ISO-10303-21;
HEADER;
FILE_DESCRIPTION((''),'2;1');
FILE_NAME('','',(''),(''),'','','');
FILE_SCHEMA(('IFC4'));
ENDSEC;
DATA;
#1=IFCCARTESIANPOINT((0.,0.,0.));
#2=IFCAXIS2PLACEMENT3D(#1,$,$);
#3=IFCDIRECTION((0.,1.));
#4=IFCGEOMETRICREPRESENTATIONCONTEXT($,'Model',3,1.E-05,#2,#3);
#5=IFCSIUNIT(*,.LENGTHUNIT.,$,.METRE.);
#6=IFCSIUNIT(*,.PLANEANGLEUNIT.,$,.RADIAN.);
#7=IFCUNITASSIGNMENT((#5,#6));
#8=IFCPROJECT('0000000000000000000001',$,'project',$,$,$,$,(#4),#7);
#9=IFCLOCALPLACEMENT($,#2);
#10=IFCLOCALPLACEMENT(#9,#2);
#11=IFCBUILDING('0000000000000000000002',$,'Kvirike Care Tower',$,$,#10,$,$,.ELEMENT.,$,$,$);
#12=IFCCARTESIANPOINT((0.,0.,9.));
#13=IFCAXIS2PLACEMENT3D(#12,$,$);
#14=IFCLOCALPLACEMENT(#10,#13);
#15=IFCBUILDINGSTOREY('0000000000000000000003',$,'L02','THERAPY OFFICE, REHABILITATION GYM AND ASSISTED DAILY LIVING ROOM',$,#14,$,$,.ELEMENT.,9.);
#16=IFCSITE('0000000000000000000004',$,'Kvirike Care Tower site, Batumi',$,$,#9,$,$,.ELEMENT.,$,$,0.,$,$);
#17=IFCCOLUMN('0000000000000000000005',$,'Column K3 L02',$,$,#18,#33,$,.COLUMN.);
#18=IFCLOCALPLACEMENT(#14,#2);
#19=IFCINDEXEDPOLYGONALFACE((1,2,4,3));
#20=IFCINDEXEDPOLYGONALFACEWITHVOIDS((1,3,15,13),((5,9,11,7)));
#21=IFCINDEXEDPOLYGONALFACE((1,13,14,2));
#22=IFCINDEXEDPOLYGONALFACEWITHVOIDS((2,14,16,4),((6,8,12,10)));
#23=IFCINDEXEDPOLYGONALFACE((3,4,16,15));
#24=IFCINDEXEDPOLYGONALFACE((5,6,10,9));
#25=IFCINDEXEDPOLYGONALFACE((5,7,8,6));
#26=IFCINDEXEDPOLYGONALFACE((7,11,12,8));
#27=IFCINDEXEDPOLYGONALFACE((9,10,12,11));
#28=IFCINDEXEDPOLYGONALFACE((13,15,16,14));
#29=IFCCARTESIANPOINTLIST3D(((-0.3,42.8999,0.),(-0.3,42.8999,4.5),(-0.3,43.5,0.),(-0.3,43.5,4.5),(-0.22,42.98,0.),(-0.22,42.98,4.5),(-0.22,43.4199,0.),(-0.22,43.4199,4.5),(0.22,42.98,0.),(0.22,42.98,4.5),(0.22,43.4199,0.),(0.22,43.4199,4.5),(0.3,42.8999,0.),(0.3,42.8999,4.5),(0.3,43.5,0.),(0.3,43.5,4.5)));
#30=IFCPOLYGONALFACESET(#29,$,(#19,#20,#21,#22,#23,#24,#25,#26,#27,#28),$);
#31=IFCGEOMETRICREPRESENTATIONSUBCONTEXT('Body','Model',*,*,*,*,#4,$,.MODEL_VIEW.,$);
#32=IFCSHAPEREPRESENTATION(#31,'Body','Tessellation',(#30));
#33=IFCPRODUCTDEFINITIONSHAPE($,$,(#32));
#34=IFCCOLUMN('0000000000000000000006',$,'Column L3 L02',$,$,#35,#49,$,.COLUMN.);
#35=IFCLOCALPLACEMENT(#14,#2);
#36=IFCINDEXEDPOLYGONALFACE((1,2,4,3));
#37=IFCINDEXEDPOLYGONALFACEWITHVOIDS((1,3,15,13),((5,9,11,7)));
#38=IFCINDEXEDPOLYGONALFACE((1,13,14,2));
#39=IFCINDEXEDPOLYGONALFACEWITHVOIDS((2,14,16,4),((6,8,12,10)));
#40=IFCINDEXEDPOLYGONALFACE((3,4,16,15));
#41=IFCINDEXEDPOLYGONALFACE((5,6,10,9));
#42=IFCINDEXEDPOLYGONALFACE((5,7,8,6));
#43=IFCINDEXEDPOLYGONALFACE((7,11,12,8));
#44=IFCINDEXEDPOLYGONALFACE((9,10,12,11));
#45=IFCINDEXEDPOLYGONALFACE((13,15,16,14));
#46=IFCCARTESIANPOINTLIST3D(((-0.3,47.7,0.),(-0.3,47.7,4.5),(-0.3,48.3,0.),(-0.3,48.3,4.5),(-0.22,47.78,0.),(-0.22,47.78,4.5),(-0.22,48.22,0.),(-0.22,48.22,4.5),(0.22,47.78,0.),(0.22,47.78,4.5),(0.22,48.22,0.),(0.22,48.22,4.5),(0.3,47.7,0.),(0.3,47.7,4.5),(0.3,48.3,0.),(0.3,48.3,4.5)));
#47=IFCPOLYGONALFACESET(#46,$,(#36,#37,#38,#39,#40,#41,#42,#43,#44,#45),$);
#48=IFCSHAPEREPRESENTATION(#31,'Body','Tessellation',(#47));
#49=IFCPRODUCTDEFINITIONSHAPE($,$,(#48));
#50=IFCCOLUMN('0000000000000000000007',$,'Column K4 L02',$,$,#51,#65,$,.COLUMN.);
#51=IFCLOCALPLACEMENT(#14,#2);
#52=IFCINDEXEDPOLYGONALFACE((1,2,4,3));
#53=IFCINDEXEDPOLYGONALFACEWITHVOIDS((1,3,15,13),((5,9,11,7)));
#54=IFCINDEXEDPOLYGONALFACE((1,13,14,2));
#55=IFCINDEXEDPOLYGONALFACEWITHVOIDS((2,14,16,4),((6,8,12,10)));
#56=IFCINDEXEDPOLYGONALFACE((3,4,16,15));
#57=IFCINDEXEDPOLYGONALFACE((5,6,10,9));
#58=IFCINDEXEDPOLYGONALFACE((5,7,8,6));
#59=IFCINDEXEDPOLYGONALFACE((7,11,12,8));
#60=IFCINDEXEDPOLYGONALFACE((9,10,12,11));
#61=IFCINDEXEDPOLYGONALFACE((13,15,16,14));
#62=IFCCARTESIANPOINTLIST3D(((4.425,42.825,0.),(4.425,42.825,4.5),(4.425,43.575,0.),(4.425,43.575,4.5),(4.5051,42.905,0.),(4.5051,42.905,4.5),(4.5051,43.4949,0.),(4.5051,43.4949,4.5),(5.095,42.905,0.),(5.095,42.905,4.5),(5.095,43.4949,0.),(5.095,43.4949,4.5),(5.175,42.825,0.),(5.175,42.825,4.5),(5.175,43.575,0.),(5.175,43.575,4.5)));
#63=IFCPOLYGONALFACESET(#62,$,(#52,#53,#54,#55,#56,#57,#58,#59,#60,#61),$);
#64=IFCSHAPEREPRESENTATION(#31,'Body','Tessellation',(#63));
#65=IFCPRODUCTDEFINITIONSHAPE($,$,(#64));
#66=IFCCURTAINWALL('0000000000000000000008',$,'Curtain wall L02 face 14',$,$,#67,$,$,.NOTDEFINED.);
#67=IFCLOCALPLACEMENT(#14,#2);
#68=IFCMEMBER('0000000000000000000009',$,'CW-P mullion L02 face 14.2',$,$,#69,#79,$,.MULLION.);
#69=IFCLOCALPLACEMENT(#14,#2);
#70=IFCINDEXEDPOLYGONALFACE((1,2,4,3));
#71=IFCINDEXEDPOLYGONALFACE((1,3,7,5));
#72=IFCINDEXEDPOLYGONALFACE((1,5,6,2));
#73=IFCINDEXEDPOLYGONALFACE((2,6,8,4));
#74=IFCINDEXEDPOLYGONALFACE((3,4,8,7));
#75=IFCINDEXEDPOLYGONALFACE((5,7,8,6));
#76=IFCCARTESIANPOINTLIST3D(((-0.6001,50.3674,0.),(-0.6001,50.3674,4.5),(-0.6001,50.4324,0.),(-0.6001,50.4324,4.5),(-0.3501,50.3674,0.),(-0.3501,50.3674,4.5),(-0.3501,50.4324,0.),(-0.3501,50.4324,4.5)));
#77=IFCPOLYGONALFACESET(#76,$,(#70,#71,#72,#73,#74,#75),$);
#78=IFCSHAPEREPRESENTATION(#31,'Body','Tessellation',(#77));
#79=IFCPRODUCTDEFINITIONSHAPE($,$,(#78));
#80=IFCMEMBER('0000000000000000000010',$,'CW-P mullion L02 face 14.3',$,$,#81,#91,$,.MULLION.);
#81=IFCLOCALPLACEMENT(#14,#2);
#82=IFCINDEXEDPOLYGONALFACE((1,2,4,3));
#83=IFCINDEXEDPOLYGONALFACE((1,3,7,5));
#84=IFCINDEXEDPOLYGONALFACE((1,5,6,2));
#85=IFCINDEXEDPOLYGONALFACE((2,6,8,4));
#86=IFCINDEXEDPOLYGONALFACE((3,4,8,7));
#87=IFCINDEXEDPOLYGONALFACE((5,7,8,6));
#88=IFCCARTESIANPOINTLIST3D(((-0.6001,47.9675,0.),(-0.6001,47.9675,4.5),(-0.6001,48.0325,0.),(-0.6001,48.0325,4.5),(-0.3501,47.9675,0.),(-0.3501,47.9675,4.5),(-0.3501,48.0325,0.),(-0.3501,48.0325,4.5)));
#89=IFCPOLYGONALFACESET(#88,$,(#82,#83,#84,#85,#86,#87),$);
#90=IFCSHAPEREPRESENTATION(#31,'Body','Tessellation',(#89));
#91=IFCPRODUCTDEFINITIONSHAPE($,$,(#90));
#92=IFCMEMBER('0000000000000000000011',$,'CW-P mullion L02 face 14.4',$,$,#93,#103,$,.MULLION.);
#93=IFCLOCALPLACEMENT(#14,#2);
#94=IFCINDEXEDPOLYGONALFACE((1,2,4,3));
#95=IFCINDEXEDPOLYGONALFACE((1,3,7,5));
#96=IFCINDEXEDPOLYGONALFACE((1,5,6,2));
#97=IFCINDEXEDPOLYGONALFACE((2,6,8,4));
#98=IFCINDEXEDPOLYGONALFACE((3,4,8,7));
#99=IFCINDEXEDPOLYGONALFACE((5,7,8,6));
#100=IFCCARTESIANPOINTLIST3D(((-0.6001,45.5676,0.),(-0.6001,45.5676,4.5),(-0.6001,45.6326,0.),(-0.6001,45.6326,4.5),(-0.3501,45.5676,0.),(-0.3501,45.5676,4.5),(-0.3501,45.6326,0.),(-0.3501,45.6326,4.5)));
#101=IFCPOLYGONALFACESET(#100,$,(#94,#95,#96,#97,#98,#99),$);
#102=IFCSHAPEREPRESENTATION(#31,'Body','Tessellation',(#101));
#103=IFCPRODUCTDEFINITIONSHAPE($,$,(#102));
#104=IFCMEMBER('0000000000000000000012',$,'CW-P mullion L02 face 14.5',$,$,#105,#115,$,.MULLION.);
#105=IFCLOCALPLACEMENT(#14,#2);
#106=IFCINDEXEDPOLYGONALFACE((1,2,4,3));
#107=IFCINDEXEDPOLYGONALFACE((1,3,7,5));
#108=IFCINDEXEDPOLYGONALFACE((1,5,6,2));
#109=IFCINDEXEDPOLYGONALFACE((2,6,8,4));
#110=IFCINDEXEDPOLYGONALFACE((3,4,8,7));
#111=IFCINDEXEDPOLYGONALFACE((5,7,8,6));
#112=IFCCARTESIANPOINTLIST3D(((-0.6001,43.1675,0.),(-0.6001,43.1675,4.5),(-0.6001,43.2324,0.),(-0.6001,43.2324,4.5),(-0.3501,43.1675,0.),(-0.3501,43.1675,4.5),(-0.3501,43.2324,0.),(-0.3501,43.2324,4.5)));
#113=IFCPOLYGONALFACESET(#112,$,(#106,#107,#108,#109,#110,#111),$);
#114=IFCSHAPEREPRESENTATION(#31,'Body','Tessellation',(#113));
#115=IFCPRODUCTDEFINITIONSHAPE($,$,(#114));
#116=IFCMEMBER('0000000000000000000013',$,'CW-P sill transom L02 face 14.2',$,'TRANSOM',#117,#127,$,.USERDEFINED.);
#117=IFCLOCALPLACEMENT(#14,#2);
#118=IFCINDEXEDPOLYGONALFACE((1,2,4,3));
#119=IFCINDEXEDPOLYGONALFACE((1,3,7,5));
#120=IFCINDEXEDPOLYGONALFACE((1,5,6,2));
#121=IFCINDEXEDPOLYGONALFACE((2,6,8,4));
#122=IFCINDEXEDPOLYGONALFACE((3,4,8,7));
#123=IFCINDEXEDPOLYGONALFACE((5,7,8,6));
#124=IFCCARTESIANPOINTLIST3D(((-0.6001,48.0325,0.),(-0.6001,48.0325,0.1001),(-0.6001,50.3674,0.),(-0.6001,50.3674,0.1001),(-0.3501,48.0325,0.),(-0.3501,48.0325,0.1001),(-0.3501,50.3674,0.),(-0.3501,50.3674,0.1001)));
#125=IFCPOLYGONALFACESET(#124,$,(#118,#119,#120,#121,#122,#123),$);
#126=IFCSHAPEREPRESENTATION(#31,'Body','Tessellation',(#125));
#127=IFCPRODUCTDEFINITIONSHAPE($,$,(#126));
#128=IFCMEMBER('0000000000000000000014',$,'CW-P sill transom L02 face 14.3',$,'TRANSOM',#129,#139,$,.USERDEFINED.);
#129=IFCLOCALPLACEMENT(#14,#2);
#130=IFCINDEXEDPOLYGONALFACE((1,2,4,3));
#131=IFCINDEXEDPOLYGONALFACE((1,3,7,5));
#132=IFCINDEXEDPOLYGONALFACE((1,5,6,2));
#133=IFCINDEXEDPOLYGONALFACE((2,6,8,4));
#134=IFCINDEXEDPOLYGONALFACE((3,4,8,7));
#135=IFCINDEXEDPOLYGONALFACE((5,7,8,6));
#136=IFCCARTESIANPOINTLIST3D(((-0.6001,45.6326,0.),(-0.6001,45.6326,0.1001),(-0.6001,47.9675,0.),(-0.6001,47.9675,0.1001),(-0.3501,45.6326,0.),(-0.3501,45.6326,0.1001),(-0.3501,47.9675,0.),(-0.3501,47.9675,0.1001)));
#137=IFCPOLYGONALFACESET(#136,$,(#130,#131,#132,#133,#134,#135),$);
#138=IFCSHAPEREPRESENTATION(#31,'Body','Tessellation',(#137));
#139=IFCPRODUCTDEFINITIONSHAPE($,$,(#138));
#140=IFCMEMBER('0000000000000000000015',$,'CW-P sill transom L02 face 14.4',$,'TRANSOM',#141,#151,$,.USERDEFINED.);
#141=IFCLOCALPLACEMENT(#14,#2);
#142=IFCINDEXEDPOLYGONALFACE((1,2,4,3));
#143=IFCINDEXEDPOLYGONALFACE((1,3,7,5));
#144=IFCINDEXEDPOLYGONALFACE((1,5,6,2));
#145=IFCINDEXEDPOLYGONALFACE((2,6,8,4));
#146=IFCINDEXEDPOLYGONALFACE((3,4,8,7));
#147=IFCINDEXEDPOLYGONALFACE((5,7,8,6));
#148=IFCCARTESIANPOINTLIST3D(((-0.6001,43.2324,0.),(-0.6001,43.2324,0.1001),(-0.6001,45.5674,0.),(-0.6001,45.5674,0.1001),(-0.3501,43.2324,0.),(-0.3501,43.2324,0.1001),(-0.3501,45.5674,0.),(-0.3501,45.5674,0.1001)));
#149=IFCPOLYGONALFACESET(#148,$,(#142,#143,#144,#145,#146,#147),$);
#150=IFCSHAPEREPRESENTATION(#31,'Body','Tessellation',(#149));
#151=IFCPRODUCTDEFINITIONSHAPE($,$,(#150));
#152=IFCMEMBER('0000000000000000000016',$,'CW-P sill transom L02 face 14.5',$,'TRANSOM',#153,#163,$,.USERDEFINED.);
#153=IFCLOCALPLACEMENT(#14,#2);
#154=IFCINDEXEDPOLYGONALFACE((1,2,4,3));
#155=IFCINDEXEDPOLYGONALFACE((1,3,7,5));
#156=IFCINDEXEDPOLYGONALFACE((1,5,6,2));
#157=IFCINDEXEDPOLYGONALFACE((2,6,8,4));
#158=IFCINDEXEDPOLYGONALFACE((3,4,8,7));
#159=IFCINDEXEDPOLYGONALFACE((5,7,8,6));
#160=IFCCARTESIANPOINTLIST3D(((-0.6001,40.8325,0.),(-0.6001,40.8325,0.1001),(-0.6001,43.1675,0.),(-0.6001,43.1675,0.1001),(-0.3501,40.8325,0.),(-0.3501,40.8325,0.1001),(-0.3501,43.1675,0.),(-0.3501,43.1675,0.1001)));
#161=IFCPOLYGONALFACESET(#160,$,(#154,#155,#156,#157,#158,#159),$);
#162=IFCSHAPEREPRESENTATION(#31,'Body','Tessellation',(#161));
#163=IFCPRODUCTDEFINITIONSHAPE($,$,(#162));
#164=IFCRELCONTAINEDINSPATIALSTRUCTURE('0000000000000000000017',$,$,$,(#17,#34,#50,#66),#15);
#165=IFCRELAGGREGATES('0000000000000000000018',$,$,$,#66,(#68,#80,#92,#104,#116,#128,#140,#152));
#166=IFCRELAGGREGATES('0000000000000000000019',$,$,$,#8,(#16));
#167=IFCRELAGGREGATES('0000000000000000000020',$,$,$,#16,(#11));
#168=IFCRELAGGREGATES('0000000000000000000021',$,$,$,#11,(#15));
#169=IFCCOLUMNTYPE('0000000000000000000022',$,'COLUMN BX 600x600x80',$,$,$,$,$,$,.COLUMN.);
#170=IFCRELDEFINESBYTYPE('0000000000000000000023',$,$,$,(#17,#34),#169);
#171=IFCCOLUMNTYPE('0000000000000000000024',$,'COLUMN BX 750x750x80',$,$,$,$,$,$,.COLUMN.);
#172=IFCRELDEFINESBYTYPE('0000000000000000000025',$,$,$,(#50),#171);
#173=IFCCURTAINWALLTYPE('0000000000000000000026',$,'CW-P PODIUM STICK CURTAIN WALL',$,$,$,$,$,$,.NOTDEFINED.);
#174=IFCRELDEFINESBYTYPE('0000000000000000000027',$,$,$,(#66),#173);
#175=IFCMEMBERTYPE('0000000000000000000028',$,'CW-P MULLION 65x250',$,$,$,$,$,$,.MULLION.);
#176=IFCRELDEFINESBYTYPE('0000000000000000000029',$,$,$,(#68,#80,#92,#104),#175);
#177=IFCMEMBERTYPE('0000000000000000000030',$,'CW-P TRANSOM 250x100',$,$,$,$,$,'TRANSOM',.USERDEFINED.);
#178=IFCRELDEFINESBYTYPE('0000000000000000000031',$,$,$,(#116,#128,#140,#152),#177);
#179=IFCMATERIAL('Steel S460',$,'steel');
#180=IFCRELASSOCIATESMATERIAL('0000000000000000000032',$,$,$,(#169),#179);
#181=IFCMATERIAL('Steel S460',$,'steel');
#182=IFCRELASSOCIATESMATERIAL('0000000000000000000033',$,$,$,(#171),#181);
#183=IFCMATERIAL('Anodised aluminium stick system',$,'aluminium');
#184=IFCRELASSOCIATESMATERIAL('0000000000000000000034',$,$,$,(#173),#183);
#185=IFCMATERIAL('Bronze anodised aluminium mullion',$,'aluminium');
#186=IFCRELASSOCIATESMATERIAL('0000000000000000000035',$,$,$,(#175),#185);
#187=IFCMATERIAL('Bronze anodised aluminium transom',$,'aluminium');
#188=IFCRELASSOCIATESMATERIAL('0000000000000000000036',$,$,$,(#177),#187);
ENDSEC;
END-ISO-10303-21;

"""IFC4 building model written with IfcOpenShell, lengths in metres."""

from ifc_helpers import new_model, si_unit, direction, frame, origin, origin_2d, place, context, subcontext, project, spatial, rectangle, hollow_rectangle, extrude, material, material_profile, profile_set, type_object, element, aggregate, save


model = new_model("IFC4")

# Units and contexts
model_context = context("Model", 3, precision=1e-05, world=origin(), true_north=direction((0.0, 1.0)))
body_context = subcontext(model_context, "Body", "Model", "MODEL_VIEW")
ifc_project = project(units=[si_unit("LENGTHUNIT", "METRE"), si_unit("PLANEANGLEUNIT", "RADIAN")], contexts=[model_context])

# Site, building, storey
site_placement = place(None, origin())
site = spatial("IfcSite", under=ifc_project, at=site_placement, Name="Kvirike Care Tower site, Batumi", CompositionType="ELEMENT", RefElevation=0.0)
building_placement = place(site_placement, origin())
building = spatial("IfcBuilding", under=site, at=building_placement, Name="Kvirike Care Tower", CompositionType="ELEMENT")
storey_placement = place(building_placement, frame((0.0, 0.0, 9.0)))
storey = spatial("IfcBuildingStorey", under=building, at=storey_placement, Name="L02", Description="THERAPY OFFICE, REHABILITATION GYM AND ASSISTED DAILY LIVING ROOM", CompositionType="ELEMENT", Elevation=9.0)

# Columns
ifc_material_1 = material(Name="Steel S460", Category="steel")
ifc_material_profile_1 = material_profile(ifc_material_1, hollow_rectangle(XDim=0.6001, YDim=0.6001, WallThickness=0.0801, at=origin_2d()), Name="BX 600x600x80")
ifc_profile_set_1 = profile_set([ifc_material_profile_1], Name="Steel S460")
column_type_1 = type_object("IfcColumnType", Name="COLUMN BX 600x600x80", PredefinedType="COLUMN", material=ifc_profile_set_1)
for number, where, z_axis, x_axis, name in (
    (1, (0.0, 43.2, 0.0), (0.0, 0.0, 1.0), (0.0, 1.0, 0.0), "Column K3 L02"),
    (2, (0.0, 48.0, 0.0), (0.0, 0.0, 1.0), (1.0, 0.0, 0.0), "Column L3 L02"),
):
    element("IfcColumn", number, at=place(storey_placement, frame(where, z_axis=z_axis, x_axis=x_axis)), inside=storey, type_object=column_type_1, Name=name, PredefinedType="COLUMN", context=body_context, shape_type="SweptSolid", body=[
        extrude(hollow_rectangle(XDim=0.6001, YDim=0.6001, WallThickness=0.0801, at=origin_2d()), origin(), (0.0, 0.0, 1.0), 4.5),
    ])
ifc_material_2 = material(Name="Steel S460", Category="steel")
ifc_material_profile_2 = material_profile(ifc_material_2, hollow_rectangle(XDim=0.75, YDim=0.75, WallThickness=0.0801, at=origin_2d()), Name="BX 750x750x80")
ifc_profile_set_2 = profile_set([ifc_material_profile_2], Name="Steel S460")
column_type_2 = type_object("IfcColumnType", Name="COLUMN BX 750x750x80", PredefinedType="COLUMN", material=ifc_profile_set_2)
column_placement = place(storey_placement, frame((4.8, 43.2, 0.0), z_axis=(0.0, 0.0, 1.0), x_axis=(0.0, 1.0, 0.0)))
element("IfcColumn", 3, at=column_placement, inside=storey, type_object=column_type_2, Name="Column K4 L02", PredefinedType="COLUMN", context=body_context, shape_type="SweptSolid", body=[
    extrude(hollow_rectangle(XDim=0.75, YDim=0.75, WallThickness=0.0801, at=origin_2d()), origin(), (0.0, 0.0, 1.0), 4.5),
])

# Curtain wall, members
ifc_material_3 = material(Name="Anodised aluminium stick system", Category="aluminium")
curtain_wall_type = type_object("IfcCurtainWallType", Name="CW-P PODIUM STICK CURTAIN WALL", PredefinedType="NOTDEFINED", material=ifc_material_3)
curtain_wall_placement = place(storey_placement, origin())
curtain_wall = element("IfcCurtainWall", 4, at=curtain_wall_placement, inside=storey, type_object=curtain_wall_type, Name="Curtain wall L02 face 14", PredefinedType="NOTDEFINED")
ifc_material_4 = material(Name="Bronze anodised aluminium mullion", Category="aluminium")
ifc_material_profile_3 = material_profile(ifc_material_4, rectangle(XDim=0.0649, YDim=0.25, at=origin_2d()), Name="CW-P MULLION 65x250")
ifc_profile_set_3 = profile_set([ifc_material_profile_3], Name="Bronze anodised aluminium mullion")
member_type_1 = type_object("IfcMemberType", Name="CW-P MULLION 65x250", PredefinedType="MULLION", material=ifc_profile_set_3)
member_1_placement = place(storey_placement, frame((-0.4751, 50.3999, 0.0), z_axis=(0.0, 0.0, 1.0), x_axis=(0.0, -1.0, 0.0)))
member_1 = element("IfcMember", 5, at=member_1_placement, type_object=member_type_1, Name="CW-P mullion L02 face 14.2", PredefinedType="MULLION", context=body_context, shape_type="SweptSolid", body=[
    extrude(rectangle(XDim=0.0649, YDim=0.25, at=origin_2d()), origin(), (0.0, 0.0, 1.0), 4.5),
])
member_2_placement = place(storey_placement, frame((-0.4751, 48.0, 0.0), z_axis=(0.0, 0.0, 1.0), x_axis=(0.0, -1.0, 0.0)))
member_2 = element("IfcMember", 6, at=member_2_placement, type_object=member_type_1, Name="CW-P mullion L02 face 14.3", PredefinedType="MULLION", context=body_context, shape_type="SweptSolid", body=[
    extrude(rectangle(XDim=0.0649, YDim=0.25, at=origin_2d()), origin(), (0.0, 0.0, 1.0), 4.5),
])
member_3_placement = place(storey_placement, frame((-0.4751, 45.6001, 0.0), z_axis=(0.0, 0.0, 1.0), x_axis=(0.0, -1.0, 0.0)))
member_3 = element("IfcMember", 7, at=member_3_placement, type_object=member_type_1, Name="CW-P mullion L02 face 14.4", PredefinedType="MULLION", context=body_context, shape_type="SweptSolid", body=[
    extrude(rectangle(XDim=0.0649, YDim=0.25, at=origin_2d()), origin(), (0.0, 0.0, 1.0), 4.5),
])
member_4_placement = place(storey_placement, frame((-0.4751, 43.2, 0.0), z_axis=(0.0, 0.0, 1.0), x_axis=(0.0, -1.0, 0.0)))
member_4 = element("IfcMember", 8, at=member_4_placement, type_object=member_type_1, Name="CW-P mullion L02 face 14.5", PredefinedType="MULLION", context=body_context, shape_type="SweptSolid", body=[
    extrude(rectangle(XDim=0.0649, YDim=0.25, at=origin_2d()), origin(), (0.0, 0.0, 1.0), 4.5),
])
ifc_material_5 = material(Name="Bronze anodised aluminium transom", Category="aluminium")
ifc_material_profile_4 = material_profile(ifc_material_5, rectangle(XDim=0.25, YDim=0.1001, at=origin_2d()), Name="CW-P TRANSOM 250x100")
ifc_profile_set_4 = profile_set([ifc_material_profile_4], Name="Bronze anodised aluminium transom")
member_type_2 = type_object("IfcMemberType", Name="CW-P TRANSOM 250x100", ElementType="TRANSOM", PredefinedType="USERDEFINED", material=ifc_profile_set_4)
member_5_placement = place(storey_placement, frame((-0.4751, 50.3674, 0.05), z_axis=(0.0, -1.0, 0.0), x_axis=(1.0, 0.0, 0.0)))
member_5 = element("IfcMember", 9, at=member_5_placement, type_object=member_type_2, Name="CW-P sill transom L02 face 14.2", ObjectType="TRANSOM", PredefinedType="USERDEFINED", context=body_context, shape_type="SweptSolid", body=[
    extrude(rectangle(XDim=0.25, YDim=0.1001, at=origin_2d()), origin(), (0.0, 0.0, 1.0), 2.335),
])
member_6_placement = place(storey_placement, frame((-0.4751, 47.9675, 0.05), z_axis=(0.0, -1.0, 0.0), x_axis=(1.0, 0.0, 0.0)))
member_6 = element("IfcMember", 10, at=member_6_placement, type_object=member_type_2, Name="CW-P sill transom L02 face 14.3", ObjectType="TRANSOM", PredefinedType="USERDEFINED", context=body_context, shape_type="SweptSolid", body=[
    extrude(rectangle(XDim=0.25, YDim=0.1001, at=origin_2d()), origin(), (0.0, 0.0, 1.0), 2.335),
])
member_7_placement = place(storey_placement, frame((-0.4751, 45.5674, 0.05), z_axis=(0.0, -1.0, 0.0), x_axis=(1.0, 0.0, 0.0)))
member_7 = element("IfcMember", 11, at=member_7_placement, type_object=member_type_2, Name="CW-P sill transom L02 face 14.4", ObjectType="TRANSOM", PredefinedType="USERDEFINED", context=body_context, shape_type="SweptSolid", body=[
    extrude(rectangle(XDim=0.25, YDim=0.1001, at=origin_2d()), origin(), (0.0, 0.0, 1.0), 2.335),
])
member_8_placement = place(storey_placement, frame((-0.4751, 43.1675, 0.05), z_axis=(0.0, -1.0, 0.0), x_axis=(1.0, 0.0, 0.0)))
member_8 = element("IfcMember", 12, at=member_8_placement, type_object=member_type_2, Name="CW-P sill transom L02 face 14.5", ObjectType="TRANSOM", PredefinedType="USERDEFINED", context=body_context, shape_type="SweptSolid", body=[
    extrude(rectangle(XDim=0.25, YDim=0.1001, at=origin_2d()), origin(), (0.0, 0.0, 1.0), 2.335),
])

aggregate(curtain_wall, [member_1, member_2, member_3, member_4, member_5, member_6, member_7, member_8])

save(model, "model.ifc")
